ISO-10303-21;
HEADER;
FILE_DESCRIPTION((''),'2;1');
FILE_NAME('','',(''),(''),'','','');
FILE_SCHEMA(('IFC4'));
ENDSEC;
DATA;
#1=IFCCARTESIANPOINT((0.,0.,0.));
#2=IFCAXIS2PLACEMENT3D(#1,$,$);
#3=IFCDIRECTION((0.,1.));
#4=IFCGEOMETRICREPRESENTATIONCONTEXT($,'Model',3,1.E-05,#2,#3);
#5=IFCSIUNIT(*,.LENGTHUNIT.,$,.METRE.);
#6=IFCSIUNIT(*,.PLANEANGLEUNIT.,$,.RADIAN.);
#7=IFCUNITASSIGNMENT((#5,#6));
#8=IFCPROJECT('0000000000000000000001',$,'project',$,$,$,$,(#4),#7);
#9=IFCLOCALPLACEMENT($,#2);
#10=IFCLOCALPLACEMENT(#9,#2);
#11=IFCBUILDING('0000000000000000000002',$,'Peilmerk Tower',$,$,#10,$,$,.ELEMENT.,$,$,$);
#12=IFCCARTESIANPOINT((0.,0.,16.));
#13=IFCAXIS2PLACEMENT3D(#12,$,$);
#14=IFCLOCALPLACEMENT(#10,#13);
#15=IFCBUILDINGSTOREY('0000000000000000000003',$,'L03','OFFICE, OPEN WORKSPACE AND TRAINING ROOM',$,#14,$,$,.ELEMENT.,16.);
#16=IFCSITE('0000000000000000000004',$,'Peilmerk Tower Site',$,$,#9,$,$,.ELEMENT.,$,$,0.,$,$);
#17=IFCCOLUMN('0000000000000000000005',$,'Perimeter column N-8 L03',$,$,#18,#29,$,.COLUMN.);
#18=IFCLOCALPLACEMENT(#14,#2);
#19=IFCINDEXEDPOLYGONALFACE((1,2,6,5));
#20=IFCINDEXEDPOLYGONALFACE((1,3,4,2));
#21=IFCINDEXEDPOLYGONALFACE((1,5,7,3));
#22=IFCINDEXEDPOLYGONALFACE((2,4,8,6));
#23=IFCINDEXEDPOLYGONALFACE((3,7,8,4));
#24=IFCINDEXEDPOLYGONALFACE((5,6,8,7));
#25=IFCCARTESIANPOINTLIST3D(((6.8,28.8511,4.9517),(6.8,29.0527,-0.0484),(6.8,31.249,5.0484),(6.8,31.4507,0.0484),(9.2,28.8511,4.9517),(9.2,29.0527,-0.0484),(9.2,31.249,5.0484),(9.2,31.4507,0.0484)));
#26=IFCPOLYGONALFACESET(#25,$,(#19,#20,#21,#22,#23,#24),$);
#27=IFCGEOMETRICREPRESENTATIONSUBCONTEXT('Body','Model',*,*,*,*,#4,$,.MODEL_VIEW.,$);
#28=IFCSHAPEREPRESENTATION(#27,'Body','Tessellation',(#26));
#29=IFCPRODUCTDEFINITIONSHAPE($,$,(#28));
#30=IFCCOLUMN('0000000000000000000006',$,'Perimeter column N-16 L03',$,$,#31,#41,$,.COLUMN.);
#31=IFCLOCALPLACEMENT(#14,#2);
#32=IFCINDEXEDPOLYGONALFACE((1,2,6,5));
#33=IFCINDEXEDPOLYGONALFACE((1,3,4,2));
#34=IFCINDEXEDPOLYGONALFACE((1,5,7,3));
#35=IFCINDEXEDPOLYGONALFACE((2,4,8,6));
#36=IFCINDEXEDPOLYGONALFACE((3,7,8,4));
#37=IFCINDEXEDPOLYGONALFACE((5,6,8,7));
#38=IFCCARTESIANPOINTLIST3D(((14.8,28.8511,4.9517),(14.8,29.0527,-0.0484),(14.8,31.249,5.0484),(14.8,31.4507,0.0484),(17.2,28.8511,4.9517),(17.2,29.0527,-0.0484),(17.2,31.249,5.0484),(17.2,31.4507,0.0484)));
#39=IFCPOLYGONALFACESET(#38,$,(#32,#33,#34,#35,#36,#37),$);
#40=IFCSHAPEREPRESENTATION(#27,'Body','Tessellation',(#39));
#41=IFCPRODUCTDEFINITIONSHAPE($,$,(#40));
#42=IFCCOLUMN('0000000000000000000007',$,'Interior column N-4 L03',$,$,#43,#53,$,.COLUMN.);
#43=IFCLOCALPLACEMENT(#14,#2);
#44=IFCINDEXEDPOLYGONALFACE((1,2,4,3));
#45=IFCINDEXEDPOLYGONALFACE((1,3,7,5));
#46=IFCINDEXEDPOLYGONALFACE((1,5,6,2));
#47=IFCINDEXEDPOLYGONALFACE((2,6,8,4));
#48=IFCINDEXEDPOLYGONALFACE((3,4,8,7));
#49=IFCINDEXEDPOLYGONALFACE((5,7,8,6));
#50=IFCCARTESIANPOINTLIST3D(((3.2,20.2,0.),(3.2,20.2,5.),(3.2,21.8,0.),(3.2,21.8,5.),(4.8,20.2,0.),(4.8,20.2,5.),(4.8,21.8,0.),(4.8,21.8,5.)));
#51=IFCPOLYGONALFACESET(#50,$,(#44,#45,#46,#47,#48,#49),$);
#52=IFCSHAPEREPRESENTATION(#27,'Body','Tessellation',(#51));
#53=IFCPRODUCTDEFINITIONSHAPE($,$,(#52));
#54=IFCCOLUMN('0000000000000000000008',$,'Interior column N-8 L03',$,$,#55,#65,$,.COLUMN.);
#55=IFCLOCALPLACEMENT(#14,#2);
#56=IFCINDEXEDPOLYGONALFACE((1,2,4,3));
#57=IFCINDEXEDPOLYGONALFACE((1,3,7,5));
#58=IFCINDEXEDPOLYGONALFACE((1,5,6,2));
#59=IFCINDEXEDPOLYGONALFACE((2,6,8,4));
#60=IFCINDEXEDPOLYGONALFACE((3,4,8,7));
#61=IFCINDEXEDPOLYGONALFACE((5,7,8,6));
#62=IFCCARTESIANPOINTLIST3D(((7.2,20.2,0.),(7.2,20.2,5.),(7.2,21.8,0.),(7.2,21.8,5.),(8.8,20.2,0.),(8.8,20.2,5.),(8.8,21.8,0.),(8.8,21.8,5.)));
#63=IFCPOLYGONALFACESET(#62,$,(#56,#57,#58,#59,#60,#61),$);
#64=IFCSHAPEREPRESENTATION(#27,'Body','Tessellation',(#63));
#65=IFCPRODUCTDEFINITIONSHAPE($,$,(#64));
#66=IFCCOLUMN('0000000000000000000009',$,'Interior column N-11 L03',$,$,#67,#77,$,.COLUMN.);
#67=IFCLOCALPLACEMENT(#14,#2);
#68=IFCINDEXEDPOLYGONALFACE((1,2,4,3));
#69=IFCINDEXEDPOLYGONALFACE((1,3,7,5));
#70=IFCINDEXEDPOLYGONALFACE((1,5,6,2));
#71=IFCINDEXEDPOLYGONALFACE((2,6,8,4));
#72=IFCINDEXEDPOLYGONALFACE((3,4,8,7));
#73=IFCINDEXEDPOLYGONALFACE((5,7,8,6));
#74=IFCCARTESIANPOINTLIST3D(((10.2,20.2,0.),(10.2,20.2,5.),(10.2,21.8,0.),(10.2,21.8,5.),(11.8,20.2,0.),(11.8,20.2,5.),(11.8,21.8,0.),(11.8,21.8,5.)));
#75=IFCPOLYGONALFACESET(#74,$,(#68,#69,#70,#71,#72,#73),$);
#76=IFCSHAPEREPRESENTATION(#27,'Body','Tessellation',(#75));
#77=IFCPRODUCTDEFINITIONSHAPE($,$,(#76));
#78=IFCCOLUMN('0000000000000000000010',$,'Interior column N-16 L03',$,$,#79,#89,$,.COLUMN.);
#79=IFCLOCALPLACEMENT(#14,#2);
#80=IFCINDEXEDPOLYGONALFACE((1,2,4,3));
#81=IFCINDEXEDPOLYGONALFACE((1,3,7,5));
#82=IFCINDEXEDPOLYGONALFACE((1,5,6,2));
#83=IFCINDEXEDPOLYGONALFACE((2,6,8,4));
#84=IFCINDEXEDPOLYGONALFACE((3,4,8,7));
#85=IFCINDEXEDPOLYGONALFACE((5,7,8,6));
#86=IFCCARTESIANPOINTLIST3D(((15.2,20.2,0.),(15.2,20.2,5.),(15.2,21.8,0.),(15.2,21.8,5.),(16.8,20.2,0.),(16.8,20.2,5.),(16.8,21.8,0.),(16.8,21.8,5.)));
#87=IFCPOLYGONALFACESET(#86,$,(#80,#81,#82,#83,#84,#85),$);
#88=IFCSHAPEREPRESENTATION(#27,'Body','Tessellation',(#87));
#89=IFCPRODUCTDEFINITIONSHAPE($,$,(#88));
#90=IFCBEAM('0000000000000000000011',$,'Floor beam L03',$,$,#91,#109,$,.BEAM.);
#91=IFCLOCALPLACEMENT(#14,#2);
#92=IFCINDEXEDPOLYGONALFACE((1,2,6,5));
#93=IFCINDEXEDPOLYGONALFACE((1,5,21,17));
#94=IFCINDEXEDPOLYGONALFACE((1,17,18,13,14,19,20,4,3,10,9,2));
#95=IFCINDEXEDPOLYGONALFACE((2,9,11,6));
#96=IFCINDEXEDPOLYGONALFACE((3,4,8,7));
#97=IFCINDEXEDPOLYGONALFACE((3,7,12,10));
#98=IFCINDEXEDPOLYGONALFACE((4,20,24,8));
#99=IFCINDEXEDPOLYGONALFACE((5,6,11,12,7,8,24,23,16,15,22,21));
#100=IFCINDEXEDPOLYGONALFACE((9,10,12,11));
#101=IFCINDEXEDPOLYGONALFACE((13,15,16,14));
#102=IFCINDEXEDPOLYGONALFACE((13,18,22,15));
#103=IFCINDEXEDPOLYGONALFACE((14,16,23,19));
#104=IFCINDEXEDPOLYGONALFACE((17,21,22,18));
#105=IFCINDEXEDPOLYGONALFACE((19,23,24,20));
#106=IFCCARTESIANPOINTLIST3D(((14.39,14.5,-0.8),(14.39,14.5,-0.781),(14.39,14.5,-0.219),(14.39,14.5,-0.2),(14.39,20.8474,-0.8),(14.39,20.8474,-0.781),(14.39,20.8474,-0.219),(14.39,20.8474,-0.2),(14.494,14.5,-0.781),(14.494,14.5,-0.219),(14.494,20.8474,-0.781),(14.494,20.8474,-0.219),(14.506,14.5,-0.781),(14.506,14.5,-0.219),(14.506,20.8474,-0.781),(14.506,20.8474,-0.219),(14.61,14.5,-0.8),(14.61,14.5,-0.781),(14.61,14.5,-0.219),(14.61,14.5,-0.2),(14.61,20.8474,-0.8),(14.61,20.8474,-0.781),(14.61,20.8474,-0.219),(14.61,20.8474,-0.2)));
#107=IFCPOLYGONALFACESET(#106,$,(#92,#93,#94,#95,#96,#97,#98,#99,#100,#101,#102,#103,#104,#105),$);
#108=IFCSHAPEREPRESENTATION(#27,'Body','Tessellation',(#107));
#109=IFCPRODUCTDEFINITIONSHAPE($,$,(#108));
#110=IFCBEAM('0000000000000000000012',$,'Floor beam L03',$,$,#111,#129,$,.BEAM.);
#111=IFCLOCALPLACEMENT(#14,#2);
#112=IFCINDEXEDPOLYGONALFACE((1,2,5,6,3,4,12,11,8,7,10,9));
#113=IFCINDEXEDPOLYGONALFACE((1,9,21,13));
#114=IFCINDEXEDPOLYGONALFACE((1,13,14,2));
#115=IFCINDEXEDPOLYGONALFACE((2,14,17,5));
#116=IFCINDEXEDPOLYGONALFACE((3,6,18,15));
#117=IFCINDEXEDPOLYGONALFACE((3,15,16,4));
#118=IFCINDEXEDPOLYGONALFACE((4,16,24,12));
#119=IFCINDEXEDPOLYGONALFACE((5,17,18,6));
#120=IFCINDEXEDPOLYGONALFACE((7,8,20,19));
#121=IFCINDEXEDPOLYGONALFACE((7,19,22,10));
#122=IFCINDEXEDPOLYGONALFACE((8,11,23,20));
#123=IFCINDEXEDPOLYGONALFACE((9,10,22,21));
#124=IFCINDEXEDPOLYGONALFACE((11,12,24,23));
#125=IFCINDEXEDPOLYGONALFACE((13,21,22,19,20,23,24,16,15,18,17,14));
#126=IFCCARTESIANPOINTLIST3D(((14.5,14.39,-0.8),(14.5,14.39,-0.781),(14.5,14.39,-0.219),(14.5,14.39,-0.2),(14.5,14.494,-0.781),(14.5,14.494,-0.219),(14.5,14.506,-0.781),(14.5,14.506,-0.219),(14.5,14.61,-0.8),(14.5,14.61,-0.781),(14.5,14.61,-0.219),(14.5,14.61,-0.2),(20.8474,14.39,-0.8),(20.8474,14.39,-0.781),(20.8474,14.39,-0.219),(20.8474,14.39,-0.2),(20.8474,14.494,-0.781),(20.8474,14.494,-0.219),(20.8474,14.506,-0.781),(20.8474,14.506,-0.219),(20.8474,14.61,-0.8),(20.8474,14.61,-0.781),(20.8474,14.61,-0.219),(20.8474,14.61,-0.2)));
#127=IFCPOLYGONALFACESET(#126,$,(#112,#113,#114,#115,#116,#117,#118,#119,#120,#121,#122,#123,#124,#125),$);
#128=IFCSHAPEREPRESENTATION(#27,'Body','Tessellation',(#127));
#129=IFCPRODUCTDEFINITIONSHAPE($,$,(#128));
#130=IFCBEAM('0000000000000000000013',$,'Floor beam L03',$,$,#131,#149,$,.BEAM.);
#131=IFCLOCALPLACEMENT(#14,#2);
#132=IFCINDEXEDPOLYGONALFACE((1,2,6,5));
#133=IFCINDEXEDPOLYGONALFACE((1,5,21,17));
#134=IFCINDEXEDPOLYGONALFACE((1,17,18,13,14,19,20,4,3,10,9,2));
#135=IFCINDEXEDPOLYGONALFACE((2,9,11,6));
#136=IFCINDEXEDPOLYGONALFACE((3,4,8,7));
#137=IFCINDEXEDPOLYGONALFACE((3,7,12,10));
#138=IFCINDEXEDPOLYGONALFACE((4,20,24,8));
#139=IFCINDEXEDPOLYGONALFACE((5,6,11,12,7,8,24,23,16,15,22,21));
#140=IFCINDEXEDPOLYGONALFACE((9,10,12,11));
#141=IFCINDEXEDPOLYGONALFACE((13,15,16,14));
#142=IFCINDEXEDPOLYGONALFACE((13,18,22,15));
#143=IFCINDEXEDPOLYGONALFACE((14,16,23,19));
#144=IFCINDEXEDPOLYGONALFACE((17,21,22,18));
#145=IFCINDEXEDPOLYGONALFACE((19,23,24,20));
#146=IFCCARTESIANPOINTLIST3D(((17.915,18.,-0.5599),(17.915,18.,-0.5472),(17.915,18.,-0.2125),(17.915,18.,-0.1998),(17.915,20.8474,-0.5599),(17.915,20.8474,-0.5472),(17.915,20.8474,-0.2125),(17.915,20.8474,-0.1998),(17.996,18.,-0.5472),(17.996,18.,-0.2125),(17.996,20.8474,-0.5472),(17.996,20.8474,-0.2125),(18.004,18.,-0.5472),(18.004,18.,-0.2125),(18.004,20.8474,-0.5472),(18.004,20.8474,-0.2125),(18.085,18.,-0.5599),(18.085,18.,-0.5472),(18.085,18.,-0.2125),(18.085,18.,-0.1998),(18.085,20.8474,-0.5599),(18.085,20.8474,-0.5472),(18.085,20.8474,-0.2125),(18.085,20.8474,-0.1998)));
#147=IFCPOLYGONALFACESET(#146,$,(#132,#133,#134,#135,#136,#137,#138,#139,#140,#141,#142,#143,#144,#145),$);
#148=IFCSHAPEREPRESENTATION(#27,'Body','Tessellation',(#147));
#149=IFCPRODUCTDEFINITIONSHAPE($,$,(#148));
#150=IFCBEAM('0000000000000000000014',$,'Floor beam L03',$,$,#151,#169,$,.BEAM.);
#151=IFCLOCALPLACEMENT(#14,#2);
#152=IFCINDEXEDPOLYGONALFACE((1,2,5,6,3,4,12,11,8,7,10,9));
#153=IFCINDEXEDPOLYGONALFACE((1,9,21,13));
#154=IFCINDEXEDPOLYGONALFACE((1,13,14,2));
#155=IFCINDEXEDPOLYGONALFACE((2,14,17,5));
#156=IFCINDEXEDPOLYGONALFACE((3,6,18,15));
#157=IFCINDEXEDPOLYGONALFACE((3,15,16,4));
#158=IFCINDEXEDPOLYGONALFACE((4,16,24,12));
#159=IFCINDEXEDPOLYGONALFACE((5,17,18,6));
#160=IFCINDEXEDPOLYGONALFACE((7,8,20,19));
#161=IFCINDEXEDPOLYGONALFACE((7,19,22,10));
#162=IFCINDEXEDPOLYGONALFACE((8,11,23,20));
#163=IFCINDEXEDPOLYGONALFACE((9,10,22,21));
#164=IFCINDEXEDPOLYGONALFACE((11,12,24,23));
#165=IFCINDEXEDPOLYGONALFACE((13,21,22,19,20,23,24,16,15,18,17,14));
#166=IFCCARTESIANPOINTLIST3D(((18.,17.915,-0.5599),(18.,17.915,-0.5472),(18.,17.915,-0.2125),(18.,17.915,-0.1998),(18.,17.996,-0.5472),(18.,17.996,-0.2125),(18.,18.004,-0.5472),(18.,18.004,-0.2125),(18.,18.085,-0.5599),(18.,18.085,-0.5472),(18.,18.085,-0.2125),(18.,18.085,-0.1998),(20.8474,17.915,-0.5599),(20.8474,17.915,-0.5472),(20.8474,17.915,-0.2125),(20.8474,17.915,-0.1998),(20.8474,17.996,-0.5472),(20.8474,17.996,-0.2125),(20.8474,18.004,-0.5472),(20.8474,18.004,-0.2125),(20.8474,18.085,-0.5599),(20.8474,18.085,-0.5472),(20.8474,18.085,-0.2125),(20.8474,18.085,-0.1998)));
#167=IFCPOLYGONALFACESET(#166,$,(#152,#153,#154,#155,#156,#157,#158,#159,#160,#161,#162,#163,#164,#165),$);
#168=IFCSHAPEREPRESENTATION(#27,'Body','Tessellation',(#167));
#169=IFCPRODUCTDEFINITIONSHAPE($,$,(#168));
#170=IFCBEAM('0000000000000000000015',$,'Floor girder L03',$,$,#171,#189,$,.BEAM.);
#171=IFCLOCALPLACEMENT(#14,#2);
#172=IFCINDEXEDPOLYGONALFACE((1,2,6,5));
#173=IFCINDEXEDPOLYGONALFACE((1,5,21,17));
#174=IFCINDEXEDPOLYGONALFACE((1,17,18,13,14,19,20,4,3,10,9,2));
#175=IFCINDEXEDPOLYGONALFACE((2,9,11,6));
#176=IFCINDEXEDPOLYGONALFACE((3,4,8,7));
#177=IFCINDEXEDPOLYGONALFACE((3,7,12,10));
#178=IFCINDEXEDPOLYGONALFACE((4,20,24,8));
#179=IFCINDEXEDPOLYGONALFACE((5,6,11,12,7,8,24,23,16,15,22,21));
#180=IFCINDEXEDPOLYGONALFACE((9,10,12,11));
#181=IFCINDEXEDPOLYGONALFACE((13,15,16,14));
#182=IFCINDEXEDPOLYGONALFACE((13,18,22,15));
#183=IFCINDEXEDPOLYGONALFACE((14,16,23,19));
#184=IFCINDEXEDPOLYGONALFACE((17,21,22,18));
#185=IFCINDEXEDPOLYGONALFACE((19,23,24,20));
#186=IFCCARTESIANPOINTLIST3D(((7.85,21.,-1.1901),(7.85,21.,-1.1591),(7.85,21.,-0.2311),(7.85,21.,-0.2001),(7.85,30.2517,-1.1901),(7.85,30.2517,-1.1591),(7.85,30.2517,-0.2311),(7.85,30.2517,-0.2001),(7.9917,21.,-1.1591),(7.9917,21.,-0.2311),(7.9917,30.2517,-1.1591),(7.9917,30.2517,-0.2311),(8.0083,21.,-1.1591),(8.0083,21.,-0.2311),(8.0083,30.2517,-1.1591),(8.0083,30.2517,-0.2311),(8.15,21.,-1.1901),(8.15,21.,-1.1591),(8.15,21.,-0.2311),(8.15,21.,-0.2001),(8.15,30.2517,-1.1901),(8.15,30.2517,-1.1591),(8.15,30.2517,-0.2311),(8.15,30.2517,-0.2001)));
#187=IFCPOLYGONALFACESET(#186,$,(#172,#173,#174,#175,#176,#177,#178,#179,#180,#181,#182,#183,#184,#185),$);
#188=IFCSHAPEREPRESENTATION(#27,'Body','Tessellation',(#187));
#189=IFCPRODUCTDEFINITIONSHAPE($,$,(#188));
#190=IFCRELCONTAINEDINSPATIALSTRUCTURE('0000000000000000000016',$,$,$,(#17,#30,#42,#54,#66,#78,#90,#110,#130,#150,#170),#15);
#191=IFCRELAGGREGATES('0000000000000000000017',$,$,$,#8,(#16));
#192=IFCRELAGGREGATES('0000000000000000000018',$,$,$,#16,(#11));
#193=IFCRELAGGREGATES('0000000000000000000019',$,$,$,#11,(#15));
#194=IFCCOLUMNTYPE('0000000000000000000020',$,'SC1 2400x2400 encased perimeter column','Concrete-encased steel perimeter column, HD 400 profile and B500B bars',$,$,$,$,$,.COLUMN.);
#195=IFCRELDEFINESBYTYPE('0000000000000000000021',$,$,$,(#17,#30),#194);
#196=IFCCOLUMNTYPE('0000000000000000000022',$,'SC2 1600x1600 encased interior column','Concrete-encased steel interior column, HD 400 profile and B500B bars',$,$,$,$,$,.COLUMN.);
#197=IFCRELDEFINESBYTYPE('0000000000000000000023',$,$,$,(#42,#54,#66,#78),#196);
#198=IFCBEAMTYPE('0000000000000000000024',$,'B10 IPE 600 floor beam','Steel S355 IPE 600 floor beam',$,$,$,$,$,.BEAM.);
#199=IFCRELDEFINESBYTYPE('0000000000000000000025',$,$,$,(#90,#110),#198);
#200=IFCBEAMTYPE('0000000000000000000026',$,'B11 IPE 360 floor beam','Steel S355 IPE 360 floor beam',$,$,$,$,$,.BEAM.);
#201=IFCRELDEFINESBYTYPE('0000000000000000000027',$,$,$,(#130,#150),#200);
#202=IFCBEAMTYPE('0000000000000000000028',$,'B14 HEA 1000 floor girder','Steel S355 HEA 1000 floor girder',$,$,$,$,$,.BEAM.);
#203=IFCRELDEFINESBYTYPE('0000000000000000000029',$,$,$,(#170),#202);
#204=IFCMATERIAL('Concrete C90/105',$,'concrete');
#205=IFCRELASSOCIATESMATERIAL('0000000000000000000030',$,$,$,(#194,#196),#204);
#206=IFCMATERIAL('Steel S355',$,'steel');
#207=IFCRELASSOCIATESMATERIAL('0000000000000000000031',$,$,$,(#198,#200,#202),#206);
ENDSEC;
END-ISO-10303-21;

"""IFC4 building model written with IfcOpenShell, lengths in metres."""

from ifc_helpers import new_model, si_unit, direction, frame, origin, origin_2d, place, context, subcontext, project, spatial, rectangle, i_section, extrude, material, material_profile, profile_set, type_object, element, save


model = new_model("IFC4")

# Units and contexts
model_context = context("Model", 3, precision=1e-05, world=origin(), true_north=direction((0.0, 1.0)))
body_context = subcontext(model_context, "Body", "Model", "MODEL_VIEW")
ifc_project = project(units=[si_unit("LENGTHUNIT", "METRE"), si_unit("PLANEANGLEUNIT", "RADIAN")], contexts=[model_context])

# Site, building, storey
site_placement = place(None, origin())
site = spatial("IfcSite", under=ifc_project, at=site_placement, Name="Peilmerk Tower Site", CompositionType="ELEMENT", RefElevation=0.0)
building_placement = place(site_placement, origin())
building = spatial("IfcBuilding", under=site, at=building_placement, Name="Peilmerk Tower", CompositionType="ELEMENT")
storey_placement = place(building_placement, frame((0.0, 0.0, 16.0)))
storey = spatial("IfcBuildingStorey", under=building, at=storey_placement, Name="L03", Description="OFFICE, OPEN WORKSPACE AND TRAINING ROOM", CompositionType="ELEMENT", Elevation=16.0)

# Columns
ifc_material_1 = material(Name="Concrete C90/105", Category="concrete")
ifc_material_profile_1 = material_profile(ifc_material_1, rectangle(XDim=2.3999, YDim=2.3999, at=origin_2d()), Name="RC 2400x2400")
ifc_profile_set_1 = profile_set([ifc_material_profile_1], Name="Concrete C90/105")
column_type_1 = type_object("IfcColumnType", Name="SC1 2400x2400 encased perimeter column", Description="Concrete-encased steel perimeter column, HD 400 profile and B500B bars", PredefinedType="COLUMN", material=ifc_profile_set_1)
for number, where, z_axis, x_axis, name in (
    (1, (8.0, 30.2517, 0.0), (0.0, -0.040299, 0.999188), (1.0, 0.0, 0.0), "Perimeter column N-8 L03"),
    (2, (16.0, 30.2517, 0.0), (0.0, -0.040299, 0.999188), (1.0, 0.0, 0.0), "Perimeter column N-16 L03"),
):
    element("IfcColumn", number, at=place(storey_placement, frame(where, z_axis=z_axis, x_axis=x_axis)), inside=storey, type_object=column_type_1, Name=name, PredefinedType="COLUMN", context=body_context, shape_type="SweptSolid", body=[
        extrude(rectangle(XDim=2.3999, YDim=2.3999, at=origin_2d()), origin(), (0.0, 0.0, 1.0), 5.0042),
    ])
ifc_material_profile_2 = material_profile(ifc_material_1, rectangle(XDim=1.6001, YDim=1.6001, at=origin_2d()), Name="RC 1600x1600")
ifc_profile_set_2 = profile_set([ifc_material_profile_2], Name="Concrete C90/105")
column_type_2 = type_object("IfcColumnType", Name="SC2 1600x1600 encased interior column", Description="Concrete-encased steel interior column, HD 400 profile and B500B bars", PredefinedType="COLUMN", material=ifc_profile_set_2)
for number, where, z_axis, x_axis, name in (
    (3, (4.0, 21.0, 0.0), (0.0, 0.0, 1.0), (1.0, 0.0, 0.0), "Interior column N-4 L03"),
    (4, (8.0, 21.0, 0.0), (0.0, 0.0, 1.0), (1.0, 0.0, 0.0), "Interior column N-8 L03"),
    (5, (11.0, 21.0, 0.0), (0.0, 0.0, 1.0), (1.0, 0.0, 0.0), "Interior column N-11 L03"),
    (6, (16.0, 21.0, 0.0), (0.0, 0.0, 1.0), (1.0, 0.0, 0.0), "Interior column N-16 L03"),
):
    element("IfcColumn", number, at=place(storey_placement, frame(where, z_axis=z_axis, x_axis=x_axis)), inside=storey, type_object=column_type_2, Name=name, PredefinedType="COLUMN", context=body_context, shape_type="SweptSolid", body=[
        extrude(rectangle(XDim=1.6001, YDim=1.6001, at=origin_2d()), origin(), (0.0, 0.0, 1.0), 5.0),
    ])

# Beams
ifc_material_2 = material(Name="Steel S355", Category="steel")
ifc_material_profile_3 = material_profile(ifc_material_2, i_section(OverallWidth=0.22, OverallDepth=0.6001, WebThickness=0.012, FlangeThickness=0.019, at=origin_2d()), Name="IPE 600")
ifc_profile_set_3 = profile_set([ifc_material_profile_3], Name="Steel S355")
beam_type_1 = type_object("IfcBeamType", Name="B10 IPE 600 floor beam", Description="Steel S355 IPE 600 floor beam", PredefinedType="BEAM", material=ifc_profile_set_3)
for number, where, z_axis, x_axis, name in (
    (7, (14.5, 14.5, -0.5), (0.0, 1.0, 0.0), (-1.0, 0.0, 0.0), "Floor beam L03"),
    (8, (14.5, 14.5, -0.5), (1.0, 0.0, 0.0), (0.0, 1.0, 0.0), "Floor beam L03"),
):
    element("IfcBeam", number, at=place(storey_placement, frame(where, z_axis=z_axis, x_axis=x_axis)), inside=storey, type_object=beam_type_1, Name=name, PredefinedType="BEAM", context=body_context, shape_type="SweptSolid", body=[
        extrude(i_section(OverallWidth=0.22, OverallDepth=0.6001, WebThickness=0.012, FlangeThickness=0.019, at=origin_2d()), origin(), (0.0, 0.0, 1.0), 6.3474),
    ])
ifc_material_profile_4 = material_profile(ifc_material_2, i_section(OverallWidth=0.1699, OverallDepth=0.3601, WebThickness=0.0081, FlangeThickness=0.0127, at=origin_2d()), Name="IPE 360")
ifc_profile_set_4 = profile_set([ifc_material_profile_4], Name="Steel S355")
beam_type_2 = type_object("IfcBeamType", Name="B11 IPE 360 floor beam", Description="Steel S355 IPE 360 floor beam", PredefinedType="BEAM", material=ifc_profile_set_4)
for number, where, z_axis, x_axis, name in (
    (9, (18.0, 18.0, -0.3799), (0.0, 1.0, 0.0), (-1.0, 0.0, 0.0), "Floor beam L03"),
    (10, (18.0, 18.0, -0.3799), (1.0, 0.0, 0.0), (0.0, 1.0, 0.0), "Floor beam L03"),
):
    element("IfcBeam", number, at=place(storey_placement, frame(where, z_axis=z_axis, x_axis=x_axis)), inside=storey, type_object=beam_type_2, Name=name, PredefinedType="BEAM", context=body_context, shape_type="SweptSolid", body=[
        extrude(i_section(OverallWidth=0.1699, OverallDepth=0.3601, WebThickness=0.0081, FlangeThickness=0.0127, at=origin_2d()), origin(), (0.0, 0.0, 1.0), 2.8474),
    ])
ifc_material_profile_5 = material_profile(ifc_material_2, i_section(OverallWidth=0.3, OverallDepth=0.99, WebThickness=0.0166, FlangeThickness=0.031, at=origin_2d()), Name="HEA 1000")
ifc_profile_set_5 = profile_set([ifc_material_profile_5], Name="Steel S355")
beam_type_3 = type_object("IfcBeamType", Name="B14 HEA 1000 floor girder", Description="Steel S355 HEA 1000 floor girder", PredefinedType="BEAM", material=ifc_profile_set_5)
for number, where, z_axis, x_axis, name in (
    (11, (8.0, 21.0, -0.6951), (0.0, 1.0, 0.0), (-1.0, 0.0, 0.0), "Floor girder L03"),
):
    element("IfcBeam", number, at=place(storey_placement, frame(where, z_axis=z_axis, x_axis=x_axis)), inside=storey, type_object=beam_type_3, Name=name, PredefinedType="BEAM", context=body_context, shape_type="SweptSolid", body=[
        extrude(i_section(OverallWidth=0.3, OverallDepth=0.99, WebThickness=0.0166, FlangeThickness=0.031, at=origin_2d()), origin(), (0.0, 0.0, 1.0), 9.2517),
    ])

save(model, "model.ifc")
